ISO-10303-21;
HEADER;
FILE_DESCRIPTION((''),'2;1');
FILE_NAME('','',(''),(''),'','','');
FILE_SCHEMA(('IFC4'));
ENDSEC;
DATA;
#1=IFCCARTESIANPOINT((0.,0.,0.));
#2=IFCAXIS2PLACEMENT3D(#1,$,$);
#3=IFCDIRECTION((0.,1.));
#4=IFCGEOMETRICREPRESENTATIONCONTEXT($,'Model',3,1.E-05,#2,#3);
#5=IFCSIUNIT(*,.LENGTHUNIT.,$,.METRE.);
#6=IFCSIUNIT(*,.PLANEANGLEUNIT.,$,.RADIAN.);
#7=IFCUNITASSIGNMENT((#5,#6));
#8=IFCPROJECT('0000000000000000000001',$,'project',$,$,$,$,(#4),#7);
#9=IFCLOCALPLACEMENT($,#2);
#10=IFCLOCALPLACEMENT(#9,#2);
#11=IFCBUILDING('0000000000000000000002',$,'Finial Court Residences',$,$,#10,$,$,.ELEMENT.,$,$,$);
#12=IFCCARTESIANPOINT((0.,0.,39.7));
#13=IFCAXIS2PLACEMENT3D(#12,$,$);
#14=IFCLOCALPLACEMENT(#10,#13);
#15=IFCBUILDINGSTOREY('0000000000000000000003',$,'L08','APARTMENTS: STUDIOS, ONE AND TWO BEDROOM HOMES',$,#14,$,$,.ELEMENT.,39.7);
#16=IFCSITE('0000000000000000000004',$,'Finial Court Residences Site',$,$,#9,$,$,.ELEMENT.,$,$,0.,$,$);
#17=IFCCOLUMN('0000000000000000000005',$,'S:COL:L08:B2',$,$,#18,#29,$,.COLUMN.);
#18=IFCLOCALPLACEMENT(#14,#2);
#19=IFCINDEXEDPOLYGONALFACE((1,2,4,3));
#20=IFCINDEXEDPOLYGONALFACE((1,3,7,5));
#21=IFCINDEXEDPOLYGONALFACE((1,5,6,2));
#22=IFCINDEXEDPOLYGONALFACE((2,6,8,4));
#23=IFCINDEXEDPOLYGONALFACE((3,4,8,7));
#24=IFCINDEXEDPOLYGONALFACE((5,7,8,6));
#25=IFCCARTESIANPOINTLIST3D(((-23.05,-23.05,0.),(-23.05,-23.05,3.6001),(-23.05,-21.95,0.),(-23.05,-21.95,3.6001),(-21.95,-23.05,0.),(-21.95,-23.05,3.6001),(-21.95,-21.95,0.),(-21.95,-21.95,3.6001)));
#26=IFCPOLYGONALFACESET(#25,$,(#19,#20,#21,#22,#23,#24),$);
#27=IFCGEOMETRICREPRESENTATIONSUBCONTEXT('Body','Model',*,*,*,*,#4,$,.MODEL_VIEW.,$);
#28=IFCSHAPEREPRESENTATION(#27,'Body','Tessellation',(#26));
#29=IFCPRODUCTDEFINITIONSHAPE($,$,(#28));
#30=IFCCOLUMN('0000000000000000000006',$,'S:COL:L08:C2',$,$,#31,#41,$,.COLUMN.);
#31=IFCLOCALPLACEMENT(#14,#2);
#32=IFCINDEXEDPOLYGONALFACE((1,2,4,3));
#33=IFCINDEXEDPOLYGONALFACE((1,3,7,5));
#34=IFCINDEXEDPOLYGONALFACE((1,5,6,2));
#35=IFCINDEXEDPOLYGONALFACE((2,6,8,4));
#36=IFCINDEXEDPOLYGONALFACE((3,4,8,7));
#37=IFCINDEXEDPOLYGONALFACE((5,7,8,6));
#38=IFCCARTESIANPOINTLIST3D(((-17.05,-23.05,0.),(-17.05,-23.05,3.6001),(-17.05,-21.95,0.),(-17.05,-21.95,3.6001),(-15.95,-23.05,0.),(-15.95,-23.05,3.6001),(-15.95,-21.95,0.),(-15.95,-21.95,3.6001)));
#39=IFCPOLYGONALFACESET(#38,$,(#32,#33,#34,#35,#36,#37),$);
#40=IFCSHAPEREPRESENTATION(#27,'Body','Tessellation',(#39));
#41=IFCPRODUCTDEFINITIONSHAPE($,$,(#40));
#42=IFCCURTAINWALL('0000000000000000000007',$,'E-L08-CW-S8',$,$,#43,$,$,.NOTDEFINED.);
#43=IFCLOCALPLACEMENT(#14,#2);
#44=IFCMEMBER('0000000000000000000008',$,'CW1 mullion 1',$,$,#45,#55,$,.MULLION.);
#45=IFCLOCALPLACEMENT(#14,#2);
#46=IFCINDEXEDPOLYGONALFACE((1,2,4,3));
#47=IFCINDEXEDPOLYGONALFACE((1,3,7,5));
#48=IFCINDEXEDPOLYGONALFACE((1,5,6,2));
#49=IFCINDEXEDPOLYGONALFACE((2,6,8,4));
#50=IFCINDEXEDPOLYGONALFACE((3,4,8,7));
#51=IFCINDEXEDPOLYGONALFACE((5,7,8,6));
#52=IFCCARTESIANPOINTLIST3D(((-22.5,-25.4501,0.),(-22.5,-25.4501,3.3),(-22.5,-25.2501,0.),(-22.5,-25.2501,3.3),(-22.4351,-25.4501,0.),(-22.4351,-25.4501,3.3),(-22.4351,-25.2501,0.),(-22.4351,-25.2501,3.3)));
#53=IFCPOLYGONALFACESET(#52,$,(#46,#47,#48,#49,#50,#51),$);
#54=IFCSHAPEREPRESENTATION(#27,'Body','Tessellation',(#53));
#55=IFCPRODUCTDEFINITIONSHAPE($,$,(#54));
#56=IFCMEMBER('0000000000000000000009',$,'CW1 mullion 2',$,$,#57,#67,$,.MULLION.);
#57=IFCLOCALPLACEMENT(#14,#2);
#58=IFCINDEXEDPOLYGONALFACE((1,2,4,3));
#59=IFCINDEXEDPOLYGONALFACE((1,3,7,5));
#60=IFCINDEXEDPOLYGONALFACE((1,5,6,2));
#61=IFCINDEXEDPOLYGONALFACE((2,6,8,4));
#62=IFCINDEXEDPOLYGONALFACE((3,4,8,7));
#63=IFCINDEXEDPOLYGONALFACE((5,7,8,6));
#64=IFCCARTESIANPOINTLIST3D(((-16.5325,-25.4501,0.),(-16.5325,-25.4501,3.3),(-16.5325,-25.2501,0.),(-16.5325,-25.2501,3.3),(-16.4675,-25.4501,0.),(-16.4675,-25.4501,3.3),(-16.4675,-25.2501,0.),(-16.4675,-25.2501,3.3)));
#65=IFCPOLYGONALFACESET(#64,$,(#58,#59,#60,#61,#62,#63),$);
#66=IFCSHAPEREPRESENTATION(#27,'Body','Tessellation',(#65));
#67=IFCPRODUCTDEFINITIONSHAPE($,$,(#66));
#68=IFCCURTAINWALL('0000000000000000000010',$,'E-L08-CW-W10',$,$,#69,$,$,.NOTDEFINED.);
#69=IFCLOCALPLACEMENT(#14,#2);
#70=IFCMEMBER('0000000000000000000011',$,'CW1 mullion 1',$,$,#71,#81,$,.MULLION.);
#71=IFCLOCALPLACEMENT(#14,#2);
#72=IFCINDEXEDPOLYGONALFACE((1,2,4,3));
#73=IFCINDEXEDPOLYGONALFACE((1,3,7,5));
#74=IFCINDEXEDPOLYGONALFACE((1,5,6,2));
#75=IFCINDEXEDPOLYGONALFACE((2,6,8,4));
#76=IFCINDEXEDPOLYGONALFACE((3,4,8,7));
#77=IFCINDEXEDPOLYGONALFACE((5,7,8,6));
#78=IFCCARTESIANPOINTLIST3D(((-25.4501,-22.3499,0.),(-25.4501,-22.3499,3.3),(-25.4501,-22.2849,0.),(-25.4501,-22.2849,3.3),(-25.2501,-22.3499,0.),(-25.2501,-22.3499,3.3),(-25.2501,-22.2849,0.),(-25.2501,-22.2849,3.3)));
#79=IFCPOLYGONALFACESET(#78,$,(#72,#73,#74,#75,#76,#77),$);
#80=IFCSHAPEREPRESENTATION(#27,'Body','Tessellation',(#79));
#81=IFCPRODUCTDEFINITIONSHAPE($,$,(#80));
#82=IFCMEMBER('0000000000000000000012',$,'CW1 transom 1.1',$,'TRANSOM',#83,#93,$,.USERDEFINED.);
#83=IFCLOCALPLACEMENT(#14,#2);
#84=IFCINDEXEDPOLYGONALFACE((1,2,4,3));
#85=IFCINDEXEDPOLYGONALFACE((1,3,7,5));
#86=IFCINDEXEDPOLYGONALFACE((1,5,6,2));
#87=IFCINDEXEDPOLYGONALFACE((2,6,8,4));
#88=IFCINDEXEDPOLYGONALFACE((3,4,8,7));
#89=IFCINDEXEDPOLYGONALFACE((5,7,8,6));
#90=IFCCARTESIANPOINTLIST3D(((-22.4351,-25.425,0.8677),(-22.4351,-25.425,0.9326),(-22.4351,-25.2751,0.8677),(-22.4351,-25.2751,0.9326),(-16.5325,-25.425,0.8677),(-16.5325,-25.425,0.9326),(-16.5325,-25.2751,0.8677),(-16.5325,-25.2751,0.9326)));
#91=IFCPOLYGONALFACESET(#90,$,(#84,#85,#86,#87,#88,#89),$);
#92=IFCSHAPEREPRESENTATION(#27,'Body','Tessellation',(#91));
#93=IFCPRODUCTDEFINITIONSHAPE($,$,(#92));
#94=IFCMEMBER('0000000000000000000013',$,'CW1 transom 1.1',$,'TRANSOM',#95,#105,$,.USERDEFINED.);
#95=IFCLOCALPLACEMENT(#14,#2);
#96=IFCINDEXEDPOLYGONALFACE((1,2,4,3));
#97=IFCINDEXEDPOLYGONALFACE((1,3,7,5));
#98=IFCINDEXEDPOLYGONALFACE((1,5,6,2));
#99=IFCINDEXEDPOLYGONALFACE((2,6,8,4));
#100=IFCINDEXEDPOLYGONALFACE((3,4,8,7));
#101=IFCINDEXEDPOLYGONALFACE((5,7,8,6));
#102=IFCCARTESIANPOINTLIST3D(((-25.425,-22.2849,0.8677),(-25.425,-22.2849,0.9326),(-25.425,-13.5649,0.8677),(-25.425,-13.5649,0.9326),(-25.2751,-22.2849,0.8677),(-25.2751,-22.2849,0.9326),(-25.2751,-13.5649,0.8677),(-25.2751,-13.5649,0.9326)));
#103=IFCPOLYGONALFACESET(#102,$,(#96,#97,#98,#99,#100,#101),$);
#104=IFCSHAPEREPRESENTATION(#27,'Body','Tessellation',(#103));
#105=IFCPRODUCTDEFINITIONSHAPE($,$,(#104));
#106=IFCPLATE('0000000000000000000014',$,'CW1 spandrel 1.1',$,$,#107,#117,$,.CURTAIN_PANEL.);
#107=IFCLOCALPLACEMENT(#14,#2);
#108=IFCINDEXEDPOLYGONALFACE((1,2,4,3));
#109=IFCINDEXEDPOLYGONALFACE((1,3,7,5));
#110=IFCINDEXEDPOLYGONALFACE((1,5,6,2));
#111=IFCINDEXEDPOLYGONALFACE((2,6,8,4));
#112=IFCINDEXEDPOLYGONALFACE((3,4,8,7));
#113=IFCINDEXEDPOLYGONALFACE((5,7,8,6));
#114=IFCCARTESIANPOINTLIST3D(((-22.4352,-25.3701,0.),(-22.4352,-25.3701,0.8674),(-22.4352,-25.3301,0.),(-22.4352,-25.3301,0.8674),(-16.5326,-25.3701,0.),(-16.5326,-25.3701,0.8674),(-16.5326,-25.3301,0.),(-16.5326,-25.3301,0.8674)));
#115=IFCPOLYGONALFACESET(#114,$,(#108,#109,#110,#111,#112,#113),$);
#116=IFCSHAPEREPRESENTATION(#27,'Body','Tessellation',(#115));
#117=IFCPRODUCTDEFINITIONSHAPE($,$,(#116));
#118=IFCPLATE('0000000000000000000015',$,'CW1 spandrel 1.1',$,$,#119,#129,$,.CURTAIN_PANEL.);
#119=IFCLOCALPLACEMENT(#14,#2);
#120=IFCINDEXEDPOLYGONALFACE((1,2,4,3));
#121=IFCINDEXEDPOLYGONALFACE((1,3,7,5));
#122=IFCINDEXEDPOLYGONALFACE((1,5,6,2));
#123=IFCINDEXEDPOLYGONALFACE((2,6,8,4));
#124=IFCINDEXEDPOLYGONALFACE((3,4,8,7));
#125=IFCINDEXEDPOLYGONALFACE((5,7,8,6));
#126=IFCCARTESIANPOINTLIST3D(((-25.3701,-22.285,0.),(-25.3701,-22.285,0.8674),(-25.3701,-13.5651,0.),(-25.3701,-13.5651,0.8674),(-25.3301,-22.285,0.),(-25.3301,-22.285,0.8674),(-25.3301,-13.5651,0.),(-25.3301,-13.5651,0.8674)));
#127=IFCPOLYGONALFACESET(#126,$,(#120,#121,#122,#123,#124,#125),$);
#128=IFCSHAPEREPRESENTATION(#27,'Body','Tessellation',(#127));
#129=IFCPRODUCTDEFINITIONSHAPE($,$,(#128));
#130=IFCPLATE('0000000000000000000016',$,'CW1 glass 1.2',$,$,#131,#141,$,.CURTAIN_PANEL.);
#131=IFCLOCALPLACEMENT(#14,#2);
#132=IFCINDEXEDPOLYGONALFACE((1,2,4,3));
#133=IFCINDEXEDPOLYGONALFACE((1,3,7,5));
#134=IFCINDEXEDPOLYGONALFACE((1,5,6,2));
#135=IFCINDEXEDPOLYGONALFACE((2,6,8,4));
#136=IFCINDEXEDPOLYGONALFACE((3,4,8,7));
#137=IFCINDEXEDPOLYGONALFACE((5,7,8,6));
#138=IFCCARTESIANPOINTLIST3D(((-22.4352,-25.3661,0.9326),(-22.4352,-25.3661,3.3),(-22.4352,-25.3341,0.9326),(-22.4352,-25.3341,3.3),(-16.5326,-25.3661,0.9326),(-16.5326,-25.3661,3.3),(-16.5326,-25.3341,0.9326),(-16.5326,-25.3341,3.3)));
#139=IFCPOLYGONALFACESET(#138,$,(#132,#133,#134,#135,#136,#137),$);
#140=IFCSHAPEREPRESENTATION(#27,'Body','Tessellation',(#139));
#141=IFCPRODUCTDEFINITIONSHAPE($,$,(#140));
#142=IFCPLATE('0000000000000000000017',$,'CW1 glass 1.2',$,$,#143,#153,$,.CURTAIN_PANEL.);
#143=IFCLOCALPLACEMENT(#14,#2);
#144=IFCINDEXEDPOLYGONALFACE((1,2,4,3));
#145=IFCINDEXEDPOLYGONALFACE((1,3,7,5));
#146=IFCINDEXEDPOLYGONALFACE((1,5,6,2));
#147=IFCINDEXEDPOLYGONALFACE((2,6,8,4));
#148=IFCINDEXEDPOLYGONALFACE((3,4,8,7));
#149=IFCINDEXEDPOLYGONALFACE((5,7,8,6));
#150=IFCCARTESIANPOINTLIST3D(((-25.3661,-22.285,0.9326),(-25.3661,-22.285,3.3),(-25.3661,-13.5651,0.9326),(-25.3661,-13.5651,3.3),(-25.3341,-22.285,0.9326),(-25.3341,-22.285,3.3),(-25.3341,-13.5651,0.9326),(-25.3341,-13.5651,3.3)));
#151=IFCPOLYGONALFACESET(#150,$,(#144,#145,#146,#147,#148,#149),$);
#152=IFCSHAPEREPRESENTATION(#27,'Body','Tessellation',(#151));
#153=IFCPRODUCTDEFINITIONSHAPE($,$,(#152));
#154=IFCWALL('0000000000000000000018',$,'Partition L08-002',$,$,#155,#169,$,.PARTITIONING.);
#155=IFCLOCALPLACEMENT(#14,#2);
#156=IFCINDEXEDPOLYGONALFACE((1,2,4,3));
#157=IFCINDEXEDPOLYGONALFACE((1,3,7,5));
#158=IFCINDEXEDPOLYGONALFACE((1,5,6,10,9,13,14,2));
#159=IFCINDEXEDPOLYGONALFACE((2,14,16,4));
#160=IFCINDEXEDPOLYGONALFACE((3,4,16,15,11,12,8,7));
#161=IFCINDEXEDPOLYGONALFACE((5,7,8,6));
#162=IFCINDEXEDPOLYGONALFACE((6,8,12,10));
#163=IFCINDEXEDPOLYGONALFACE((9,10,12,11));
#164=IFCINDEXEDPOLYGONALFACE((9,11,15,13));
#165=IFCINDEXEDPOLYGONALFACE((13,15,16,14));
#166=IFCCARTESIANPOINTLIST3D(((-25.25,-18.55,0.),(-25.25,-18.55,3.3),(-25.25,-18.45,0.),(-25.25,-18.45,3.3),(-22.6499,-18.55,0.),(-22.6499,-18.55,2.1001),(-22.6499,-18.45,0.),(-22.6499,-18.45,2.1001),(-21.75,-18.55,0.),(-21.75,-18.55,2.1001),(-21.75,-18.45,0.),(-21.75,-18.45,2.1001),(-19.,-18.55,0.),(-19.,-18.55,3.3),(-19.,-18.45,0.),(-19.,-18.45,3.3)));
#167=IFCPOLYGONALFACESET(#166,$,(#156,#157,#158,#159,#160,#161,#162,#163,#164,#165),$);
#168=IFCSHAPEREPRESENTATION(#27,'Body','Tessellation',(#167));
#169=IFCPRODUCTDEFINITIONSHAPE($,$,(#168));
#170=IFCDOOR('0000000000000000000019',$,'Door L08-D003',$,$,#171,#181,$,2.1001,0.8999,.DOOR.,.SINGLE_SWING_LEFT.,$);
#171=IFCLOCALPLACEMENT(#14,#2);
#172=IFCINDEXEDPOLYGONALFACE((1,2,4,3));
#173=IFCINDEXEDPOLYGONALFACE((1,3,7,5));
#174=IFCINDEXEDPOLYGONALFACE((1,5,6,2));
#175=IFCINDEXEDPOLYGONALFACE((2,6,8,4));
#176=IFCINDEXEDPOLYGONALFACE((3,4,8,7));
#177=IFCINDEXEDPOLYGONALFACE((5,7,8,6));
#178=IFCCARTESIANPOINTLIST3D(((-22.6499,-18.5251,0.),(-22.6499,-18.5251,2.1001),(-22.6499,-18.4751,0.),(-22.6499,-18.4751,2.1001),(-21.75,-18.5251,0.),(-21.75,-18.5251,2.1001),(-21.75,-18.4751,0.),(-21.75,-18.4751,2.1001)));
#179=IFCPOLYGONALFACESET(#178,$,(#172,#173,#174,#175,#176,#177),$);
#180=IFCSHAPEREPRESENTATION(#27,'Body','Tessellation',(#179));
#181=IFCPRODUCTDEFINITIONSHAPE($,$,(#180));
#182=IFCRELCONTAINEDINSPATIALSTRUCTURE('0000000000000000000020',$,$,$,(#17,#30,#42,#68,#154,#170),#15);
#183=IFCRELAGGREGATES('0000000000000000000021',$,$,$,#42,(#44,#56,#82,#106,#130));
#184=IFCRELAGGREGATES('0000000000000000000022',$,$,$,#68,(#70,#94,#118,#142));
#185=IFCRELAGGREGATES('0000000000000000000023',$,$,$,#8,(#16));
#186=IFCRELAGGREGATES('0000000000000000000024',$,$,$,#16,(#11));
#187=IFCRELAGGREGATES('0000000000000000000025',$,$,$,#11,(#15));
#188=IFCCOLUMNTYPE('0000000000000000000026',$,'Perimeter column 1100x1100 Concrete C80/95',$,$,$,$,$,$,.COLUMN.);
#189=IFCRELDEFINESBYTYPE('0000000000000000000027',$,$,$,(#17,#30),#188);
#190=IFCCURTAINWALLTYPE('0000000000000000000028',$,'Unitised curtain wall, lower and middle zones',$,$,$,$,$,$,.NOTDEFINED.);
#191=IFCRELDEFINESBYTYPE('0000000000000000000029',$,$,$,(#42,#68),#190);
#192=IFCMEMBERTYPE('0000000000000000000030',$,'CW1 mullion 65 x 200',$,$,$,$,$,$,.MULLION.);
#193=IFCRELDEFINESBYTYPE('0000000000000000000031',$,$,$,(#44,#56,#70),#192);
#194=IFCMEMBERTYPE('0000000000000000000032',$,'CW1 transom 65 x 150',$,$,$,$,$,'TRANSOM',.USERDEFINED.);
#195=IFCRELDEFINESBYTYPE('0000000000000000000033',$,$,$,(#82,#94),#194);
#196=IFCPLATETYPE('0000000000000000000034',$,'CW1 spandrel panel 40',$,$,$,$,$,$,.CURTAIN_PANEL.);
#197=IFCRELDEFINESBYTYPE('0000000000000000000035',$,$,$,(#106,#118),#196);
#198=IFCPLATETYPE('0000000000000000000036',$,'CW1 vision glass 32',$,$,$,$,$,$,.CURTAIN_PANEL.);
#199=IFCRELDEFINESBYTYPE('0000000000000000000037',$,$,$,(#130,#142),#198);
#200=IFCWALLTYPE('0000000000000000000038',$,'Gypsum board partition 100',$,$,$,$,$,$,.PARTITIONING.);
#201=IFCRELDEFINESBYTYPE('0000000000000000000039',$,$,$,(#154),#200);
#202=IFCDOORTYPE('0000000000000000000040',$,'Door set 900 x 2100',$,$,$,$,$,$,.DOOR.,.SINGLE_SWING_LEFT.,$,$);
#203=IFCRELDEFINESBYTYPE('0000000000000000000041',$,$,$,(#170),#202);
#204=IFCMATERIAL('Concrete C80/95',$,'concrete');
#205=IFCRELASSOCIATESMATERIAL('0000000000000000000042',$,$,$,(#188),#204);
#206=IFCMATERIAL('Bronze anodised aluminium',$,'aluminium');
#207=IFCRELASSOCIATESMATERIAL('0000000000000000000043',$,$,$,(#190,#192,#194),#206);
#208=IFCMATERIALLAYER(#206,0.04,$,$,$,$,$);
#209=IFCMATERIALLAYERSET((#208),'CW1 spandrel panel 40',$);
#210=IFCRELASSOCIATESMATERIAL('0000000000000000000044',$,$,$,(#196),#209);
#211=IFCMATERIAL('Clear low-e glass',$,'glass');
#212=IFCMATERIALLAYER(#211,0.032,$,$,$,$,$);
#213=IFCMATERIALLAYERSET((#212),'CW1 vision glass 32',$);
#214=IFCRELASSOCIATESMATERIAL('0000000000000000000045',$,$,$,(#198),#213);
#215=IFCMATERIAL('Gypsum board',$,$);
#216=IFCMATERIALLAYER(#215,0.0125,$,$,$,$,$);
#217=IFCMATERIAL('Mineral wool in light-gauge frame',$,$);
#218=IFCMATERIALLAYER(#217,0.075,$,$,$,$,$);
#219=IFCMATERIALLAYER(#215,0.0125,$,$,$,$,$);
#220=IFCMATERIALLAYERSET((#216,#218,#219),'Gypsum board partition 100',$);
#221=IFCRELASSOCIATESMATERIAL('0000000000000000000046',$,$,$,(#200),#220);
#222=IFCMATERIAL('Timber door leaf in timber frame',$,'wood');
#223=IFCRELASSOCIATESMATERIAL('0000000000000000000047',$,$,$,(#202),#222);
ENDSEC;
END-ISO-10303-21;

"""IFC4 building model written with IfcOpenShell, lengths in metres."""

from ifc_helpers import new_model, si_unit, direction, frame, frame_2d, origin, origin_2d, place, context, subcontext, project, spatial, rectangle, extrude, material, layer, layer_set, material_profile, profile_set, type_object, element, fill, aggregate, save


model = new_model("IFC4")

# Units and contexts
model_context = context("Model", 3, precision=1e-05, world=origin(), true_north=direction((0.0, 1.0)))
body_context = subcontext(model_context, "Body", "Model", "MODEL_VIEW")
ifc_project = project(units=[si_unit("LENGTHUNIT", "METRE"), si_unit("PLANEANGLEUNIT", "RADIAN")], contexts=[model_context])

# Site, building, storey
site_placement = place(None, origin())
site = spatial("IfcSite", under=ifc_project, at=site_placement, Name="Finial Court Residences Site", CompositionType="ELEMENT", RefElevation=0.0)
building_placement = place(site_placement, origin())
building = spatial("IfcBuilding", under=site, at=building_placement, Name="Finial Court Residences", CompositionType="ELEMENT")
storey_placement = place(building_placement, frame((0.0, 0.0, 39.7)))
storey = spatial("IfcBuildingStorey", under=building, at=storey_placement, Name="L08", Description="APARTMENTS: STUDIOS, ONE AND TWO BEDROOM HOMES", CompositionType="ELEMENT", Elevation=39.7)

# Columns
ifc_material_1 = material(Name="Concrete C80/95", Category="concrete")
ifc_material_profile_1 = material_profile(ifc_material_1, rectangle(XDim=1.1001, YDim=1.1001, at=origin_2d()), Name="1100x1100")
ifc_profile_set_1 = profile_set([ifc_material_profile_1], Name="Concrete C80/95")
column_type = type_object("IfcColumnType", Name="Perimeter column 1100x1100 Concrete C80/95", PredefinedType="COLUMN", material=ifc_profile_set_1)
for number, where, z_axis, x_axis, name in (
    (1, (-22.5, -22.5, 0.0), (0.0, 0.0, 1.0), (1.0, 0.0, 0.0), "S:COL:L08:B2"),
    (2, (-16.5, -22.5, 0.0), (0.0, 0.0, 1.0), (1.0, 0.0, 0.0), "S:COL:L08:C2"),
):
    element("IfcColumn", number, at=place(storey_placement, frame(where, z_axis=z_axis, x_axis=x_axis)), inside=storey, type_object=column_type, Name=name, PredefinedType="COLUMN", context=body_context, shape_type="SweptSolid", body=[
        extrude(rectangle(XDim=1.1001, YDim=1.1001, at=origin_2d()), origin(), (0.0, 0.0, 1.0), 3.6001),
    ])

# Curtain wall, members
ifc_material_2 = material(Name="Bronze anodised aluminium", Category="aluminium")
curtain_wall_type = type_object("IfcCurtainWallType", Name="Unitised curtain wall, lower and middle zones", PredefinedType="NOTDEFINED", material=ifc_material_2)
curtain_wall_1_placement = place(storey_placement, origin())
curtain_wall_1 = element("IfcCurtainWall", 3, at=curtain_wall_1_placement, inside=storey, type_object=curtain_wall_type, Name="E-L08-CW-S8", PredefinedType="NOTDEFINED")
ifc_material_profile_2 = material_profile(ifc_material_2, rectangle(XDim=0.2, YDim=0.0649, at=origin_2d()), Name="CW1 mullion 65 x 200")
ifc_profile_set_2 = profile_set([ifc_material_profile_2], Name="Bronze anodised aluminium")
member_type_1 = type_object("IfcMemberType", Name="CW1 mullion 65 x 200", PredefinedType="MULLION", material=ifc_profile_set_2)
member_1_placement = place(storey_placement, frame((-22.4675, -25.3501, 0.0), z_axis=(0.0, 0.0, 1.0), x_axis=(0.0, 1.0, 0.0)))
member_1 = element("IfcMember", 4, at=member_1_placement, type_object=member_type_1, Name="CW1 mullion 1", PredefinedType="MULLION", context=body_context, shape_type="SweptSolid", body=[
    extrude(rectangle(XDim=0.2, YDim=0.0649, at=origin_2d()), origin(), (0.0, 0.0, 1.0), 3.3),
])
member_2_placement = place(storey_placement, frame((-16.5, -25.3501, 0.0), z_axis=(0.0, 0.0, 1.0), x_axis=(0.0, 1.0, 0.0)))
member_2 = element("IfcMember", 5, at=member_2_placement, type_object=member_type_1, Name="CW1 mullion 2", PredefinedType="MULLION", context=body_context, shape_type="SweptSolid", body=[
    extrude(rectangle(XDim=0.2, YDim=0.0649, at=origin_2d()), origin(), (0.0, 0.0, 1.0), 3.3),
])

# Curtain wall, member
curtain_wall_2_placement = place(storey_placement, origin())
curtain_wall_2 = element("IfcCurtainWall", 6, at=curtain_wall_2_placement, inside=storey, type_object=curtain_wall_type, Name="E-L08-CW-W10", PredefinedType="NOTDEFINED")
member_3_placement = place(storey_placement, frame((-25.3501, -22.3174, 0.0), z_axis=(0.0, 0.0, 1.0), x_axis=(-1.0, 0.0, 0.0)))
member_3 = element("IfcMember", 7, at=member_3_placement, type_object=member_type_1, Name="CW1 mullion 1", PredefinedType="MULLION", context=body_context, shape_type="SweptSolid", body=[
    extrude(rectangle(XDim=0.2, YDim=0.0649, at=origin_2d()), origin(), (0.0, 0.0, 1.0), 3.3),
])

# Members
ifc_material_profile_3 = material_profile(ifc_material_2, rectangle(XDim=0.1499, YDim=0.0649, at=origin_2d()), Name="CW1 transom 65 x 150")
ifc_profile_set_3 = profile_set([ifc_material_profile_3], Name="Bronze anodised aluminium")
member_type_2 = type_object("IfcMemberType", Name="CW1 transom 65 x 150", ElementType="TRANSOM", PredefinedType="USERDEFINED", material=ifc_profile_set_3)
member_4_placement = place(storey_placement, frame((-22.4351, -25.3501, 0.9001), z_axis=(1.0, 0.0, 0.0), x_axis=(0.0, 1.0, 0.0)))
member_4 = element("IfcMember", 8, at=member_4_placement, type_object=member_type_2, Name="CW1 transom 1.1", ObjectType="TRANSOM", PredefinedType="USERDEFINED", context=body_context, shape_type="SweptSolid", body=[
    extrude(rectangle(XDim=0.1499, YDim=0.0649, at=origin_2d()), origin(), (0.0, 0.0, 1.0), 5.9026),
])
member_5_placement = place(storey_placement, frame((-25.3501, -22.2849, 0.9001), z_axis=(0.0, 1.0, 0.0), x_axis=(-1.0, 0.0, 0.0)))
member_5 = element("IfcMember", 9, at=member_5_placement, type_object=member_type_2, Name="CW1 transom 1.1", ObjectType="TRANSOM", PredefinedType="USERDEFINED", context=body_context, shape_type="SweptSolid", body=[
    extrude(rectangle(XDim=0.1499, YDim=0.0649, at=origin_2d()), origin(), (0.0, 0.0, 1.0), 8.72),
])

# Plates
ifc_layer_1 = layer(ifc_material_2, 0.04)
ifc_layer_set_1 = layer_set([ifc_layer_1], Name="CW1 spandrel panel 40")
plate_type_1 = type_object("IfcPlateType", Name="CW1 spandrel panel 40", PredefinedType="CURTAIN_PANEL", material=ifc_layer_set_1)
plate_1_placement = place(storey_placement, frame((-19.4839, -25.3501, 0.0), z_axis=(0.0, 0.0, 1.0), x_axis=(1.0, 0.0, 0.0)))
plate_1 = element("IfcPlate", 10, at=plate_1_placement, type_object=plate_type_1, Name="CW1 spandrel 1.1", PredefinedType="CURTAIN_PANEL", context=body_context, shape_type="SweptSolid", body=[
    extrude(rectangle(XDim=5.9026, YDim=0.04, at=origin_2d()), origin(), (0.0, 0.0, 1.0), 0.8674),
])
plate_2_placement = place(storey_placement, frame((-25.3501, -17.925, 0.0), z_axis=(0.0, 0.0, 1.0), x_axis=(0.0, 1.0, 0.0)))
plate_2 = element("IfcPlate", 11, at=plate_2_placement, type_object=plate_type_1, Name="CW1 spandrel 1.1", PredefinedType="CURTAIN_PANEL", context=body_context, shape_type="SweptSolid", body=[
    extrude(rectangle(XDim=8.72, YDim=0.04, at=origin_2d()), origin(), (0.0, 0.0, 1.0), 0.8674),
])
ifc_material_3 = material(Name="Clear low-e glass", Category="glass")
ifc_layer_2 = layer(ifc_material_3, 0.032)
ifc_layer_set_2 = layer_set([ifc_layer_2], Name="CW1 vision glass 32")
plate_type_2 = type_object("IfcPlateType", Name="CW1 vision glass 32", PredefinedType="CURTAIN_PANEL", material=ifc_layer_set_2)
plate_3_placement = place(storey_placement, frame((-19.4839, -25.3501, 0.9326), z_axis=(0.0, 0.0, 1.0), x_axis=(1.0, 0.0, 0.0)))
plate_3 = element("IfcPlate", 12, at=plate_3_placement, type_object=plate_type_2, Name="CW1 glass 1.2", PredefinedType="CURTAIN_PANEL", context=body_context, shape_type="SweptSolid", body=[
    extrude(rectangle(XDim=5.9026, YDim=0.032, at=origin_2d()), origin(), (0.0, 0.0, 1.0), 2.3674),
])
aggregate(curtain_wall_1, [member_1, member_2, member_4, plate_1, plate_3])
plate_4_placement = place(storey_placement, frame((-25.3501, -17.925, 0.9326), z_axis=(0.0, 0.0, 1.0), x_axis=(0.0, 1.0, 0.0)))
plate_4 = element("IfcPlate", 13, at=plate_4_placement, type_object=plate_type_2, Name="CW1 glass 1.2", PredefinedType="CURTAIN_PANEL", context=body_context, shape_type="SweptSolid", body=[
    extrude(rectangle(XDim=8.72, YDim=0.032, at=origin_2d()), origin(), (0.0, 0.0, 1.0), 2.3674),
])
aggregate(curtain_wall_2, [member_3, member_5, plate_2, plate_4])

# Wall, opening, door
ifc_material_4 = material(Name="Gypsum board")
ifc_layer_3 = layer(ifc_material_4, 0.0125)
ifc_material_5 = material(Name="Mineral wool in light-gauge frame")
ifc_layer_4 = layer(ifc_material_5, 0.075)
ifc_layer_5 = layer(ifc_material_4, 0.0125)
ifc_layer_set_3 = layer_set([ifc_layer_3, ifc_layer_4, ifc_layer_5], Name="Gypsum board partition 100")
wall_type_1 = type_object("IfcWallType", Name="Gypsum board partition 100", PredefinedType="PARTITIONING", material=ifc_layer_set_3)
wall_1_placement = place(storey_placement, frame((-25.25, -18.5, 0.0), z_axis=(0.0, 0.0, 1.0), x_axis=(1.0, 0.0, 0.0)))
wall_1 = element("IfcWall", 14, at=wall_1_placement, inside=storey, type_object=wall_type_1, Name="Partition L08-002", PredefinedType="PARTITIONING", context=body_context, shape_type="SweptSolid", body=[
    extrude(rectangle(XDim=6.25, YDim=0.1001, at=frame_2d((3.125, 0.0))), origin(), (0.0, 0.0, 1.0), 3.3),
])
opening_1_placement = place(wall_1_placement, frame((2.6001, 0.0, 0.0)))
opening_1 = element("IfcOpeningElement", 15, at=opening_1_placement, cuts=wall_1, PredefinedType="OPENING", context=body_context, shape_type="SweptSolid", body=[
    extrude(rectangle(XDim=0.8999, YDim=2.1001, at=frame_2d((0.45, 1.05))), frame((0.0, 0.0601, 0.0), z_axis=(0.0, -1.0, 0.0), x_axis=(1.0, 0.0, 0.0)), (0.0, 0.0, 1.0), 0.1201),
])
ifc_material_6 = material(Name="Timber door leaf in timber frame", Category="wood")
door_type = type_object("IfcDoorType", Name="Door set 900 x 2100", OperationType="SINGLE_SWING_LEFT", PredefinedType="DOOR", material=ifc_material_6)
door_1_placement = place(opening_1_placement, origin())
door_1 = element("IfcDoor", 16, at=door_1_placement, inside=storey, type_object=door_type, Name="Door L08-D003", OperationType="SINGLE_SWING_LEFT", OverallHeight=2.1001, OverallWidth=0.8999, PredefinedType="DOOR", context=body_context, shape_type="SweptSolid", body=[
    extrude(rectangle(XDim=0.8999, YDim=2.1001, at=frame_2d((0.45, 1.05))), frame((0.0, 0.0249, 0.0), z_axis=(0.0, -1.0, 0.0), x_axis=(1.0, 0.0, 0.0)), (0.0, 0.0, 1.0), 0.05),
])
fill(opening_1, door_1)

save(model, "model.ifc")
